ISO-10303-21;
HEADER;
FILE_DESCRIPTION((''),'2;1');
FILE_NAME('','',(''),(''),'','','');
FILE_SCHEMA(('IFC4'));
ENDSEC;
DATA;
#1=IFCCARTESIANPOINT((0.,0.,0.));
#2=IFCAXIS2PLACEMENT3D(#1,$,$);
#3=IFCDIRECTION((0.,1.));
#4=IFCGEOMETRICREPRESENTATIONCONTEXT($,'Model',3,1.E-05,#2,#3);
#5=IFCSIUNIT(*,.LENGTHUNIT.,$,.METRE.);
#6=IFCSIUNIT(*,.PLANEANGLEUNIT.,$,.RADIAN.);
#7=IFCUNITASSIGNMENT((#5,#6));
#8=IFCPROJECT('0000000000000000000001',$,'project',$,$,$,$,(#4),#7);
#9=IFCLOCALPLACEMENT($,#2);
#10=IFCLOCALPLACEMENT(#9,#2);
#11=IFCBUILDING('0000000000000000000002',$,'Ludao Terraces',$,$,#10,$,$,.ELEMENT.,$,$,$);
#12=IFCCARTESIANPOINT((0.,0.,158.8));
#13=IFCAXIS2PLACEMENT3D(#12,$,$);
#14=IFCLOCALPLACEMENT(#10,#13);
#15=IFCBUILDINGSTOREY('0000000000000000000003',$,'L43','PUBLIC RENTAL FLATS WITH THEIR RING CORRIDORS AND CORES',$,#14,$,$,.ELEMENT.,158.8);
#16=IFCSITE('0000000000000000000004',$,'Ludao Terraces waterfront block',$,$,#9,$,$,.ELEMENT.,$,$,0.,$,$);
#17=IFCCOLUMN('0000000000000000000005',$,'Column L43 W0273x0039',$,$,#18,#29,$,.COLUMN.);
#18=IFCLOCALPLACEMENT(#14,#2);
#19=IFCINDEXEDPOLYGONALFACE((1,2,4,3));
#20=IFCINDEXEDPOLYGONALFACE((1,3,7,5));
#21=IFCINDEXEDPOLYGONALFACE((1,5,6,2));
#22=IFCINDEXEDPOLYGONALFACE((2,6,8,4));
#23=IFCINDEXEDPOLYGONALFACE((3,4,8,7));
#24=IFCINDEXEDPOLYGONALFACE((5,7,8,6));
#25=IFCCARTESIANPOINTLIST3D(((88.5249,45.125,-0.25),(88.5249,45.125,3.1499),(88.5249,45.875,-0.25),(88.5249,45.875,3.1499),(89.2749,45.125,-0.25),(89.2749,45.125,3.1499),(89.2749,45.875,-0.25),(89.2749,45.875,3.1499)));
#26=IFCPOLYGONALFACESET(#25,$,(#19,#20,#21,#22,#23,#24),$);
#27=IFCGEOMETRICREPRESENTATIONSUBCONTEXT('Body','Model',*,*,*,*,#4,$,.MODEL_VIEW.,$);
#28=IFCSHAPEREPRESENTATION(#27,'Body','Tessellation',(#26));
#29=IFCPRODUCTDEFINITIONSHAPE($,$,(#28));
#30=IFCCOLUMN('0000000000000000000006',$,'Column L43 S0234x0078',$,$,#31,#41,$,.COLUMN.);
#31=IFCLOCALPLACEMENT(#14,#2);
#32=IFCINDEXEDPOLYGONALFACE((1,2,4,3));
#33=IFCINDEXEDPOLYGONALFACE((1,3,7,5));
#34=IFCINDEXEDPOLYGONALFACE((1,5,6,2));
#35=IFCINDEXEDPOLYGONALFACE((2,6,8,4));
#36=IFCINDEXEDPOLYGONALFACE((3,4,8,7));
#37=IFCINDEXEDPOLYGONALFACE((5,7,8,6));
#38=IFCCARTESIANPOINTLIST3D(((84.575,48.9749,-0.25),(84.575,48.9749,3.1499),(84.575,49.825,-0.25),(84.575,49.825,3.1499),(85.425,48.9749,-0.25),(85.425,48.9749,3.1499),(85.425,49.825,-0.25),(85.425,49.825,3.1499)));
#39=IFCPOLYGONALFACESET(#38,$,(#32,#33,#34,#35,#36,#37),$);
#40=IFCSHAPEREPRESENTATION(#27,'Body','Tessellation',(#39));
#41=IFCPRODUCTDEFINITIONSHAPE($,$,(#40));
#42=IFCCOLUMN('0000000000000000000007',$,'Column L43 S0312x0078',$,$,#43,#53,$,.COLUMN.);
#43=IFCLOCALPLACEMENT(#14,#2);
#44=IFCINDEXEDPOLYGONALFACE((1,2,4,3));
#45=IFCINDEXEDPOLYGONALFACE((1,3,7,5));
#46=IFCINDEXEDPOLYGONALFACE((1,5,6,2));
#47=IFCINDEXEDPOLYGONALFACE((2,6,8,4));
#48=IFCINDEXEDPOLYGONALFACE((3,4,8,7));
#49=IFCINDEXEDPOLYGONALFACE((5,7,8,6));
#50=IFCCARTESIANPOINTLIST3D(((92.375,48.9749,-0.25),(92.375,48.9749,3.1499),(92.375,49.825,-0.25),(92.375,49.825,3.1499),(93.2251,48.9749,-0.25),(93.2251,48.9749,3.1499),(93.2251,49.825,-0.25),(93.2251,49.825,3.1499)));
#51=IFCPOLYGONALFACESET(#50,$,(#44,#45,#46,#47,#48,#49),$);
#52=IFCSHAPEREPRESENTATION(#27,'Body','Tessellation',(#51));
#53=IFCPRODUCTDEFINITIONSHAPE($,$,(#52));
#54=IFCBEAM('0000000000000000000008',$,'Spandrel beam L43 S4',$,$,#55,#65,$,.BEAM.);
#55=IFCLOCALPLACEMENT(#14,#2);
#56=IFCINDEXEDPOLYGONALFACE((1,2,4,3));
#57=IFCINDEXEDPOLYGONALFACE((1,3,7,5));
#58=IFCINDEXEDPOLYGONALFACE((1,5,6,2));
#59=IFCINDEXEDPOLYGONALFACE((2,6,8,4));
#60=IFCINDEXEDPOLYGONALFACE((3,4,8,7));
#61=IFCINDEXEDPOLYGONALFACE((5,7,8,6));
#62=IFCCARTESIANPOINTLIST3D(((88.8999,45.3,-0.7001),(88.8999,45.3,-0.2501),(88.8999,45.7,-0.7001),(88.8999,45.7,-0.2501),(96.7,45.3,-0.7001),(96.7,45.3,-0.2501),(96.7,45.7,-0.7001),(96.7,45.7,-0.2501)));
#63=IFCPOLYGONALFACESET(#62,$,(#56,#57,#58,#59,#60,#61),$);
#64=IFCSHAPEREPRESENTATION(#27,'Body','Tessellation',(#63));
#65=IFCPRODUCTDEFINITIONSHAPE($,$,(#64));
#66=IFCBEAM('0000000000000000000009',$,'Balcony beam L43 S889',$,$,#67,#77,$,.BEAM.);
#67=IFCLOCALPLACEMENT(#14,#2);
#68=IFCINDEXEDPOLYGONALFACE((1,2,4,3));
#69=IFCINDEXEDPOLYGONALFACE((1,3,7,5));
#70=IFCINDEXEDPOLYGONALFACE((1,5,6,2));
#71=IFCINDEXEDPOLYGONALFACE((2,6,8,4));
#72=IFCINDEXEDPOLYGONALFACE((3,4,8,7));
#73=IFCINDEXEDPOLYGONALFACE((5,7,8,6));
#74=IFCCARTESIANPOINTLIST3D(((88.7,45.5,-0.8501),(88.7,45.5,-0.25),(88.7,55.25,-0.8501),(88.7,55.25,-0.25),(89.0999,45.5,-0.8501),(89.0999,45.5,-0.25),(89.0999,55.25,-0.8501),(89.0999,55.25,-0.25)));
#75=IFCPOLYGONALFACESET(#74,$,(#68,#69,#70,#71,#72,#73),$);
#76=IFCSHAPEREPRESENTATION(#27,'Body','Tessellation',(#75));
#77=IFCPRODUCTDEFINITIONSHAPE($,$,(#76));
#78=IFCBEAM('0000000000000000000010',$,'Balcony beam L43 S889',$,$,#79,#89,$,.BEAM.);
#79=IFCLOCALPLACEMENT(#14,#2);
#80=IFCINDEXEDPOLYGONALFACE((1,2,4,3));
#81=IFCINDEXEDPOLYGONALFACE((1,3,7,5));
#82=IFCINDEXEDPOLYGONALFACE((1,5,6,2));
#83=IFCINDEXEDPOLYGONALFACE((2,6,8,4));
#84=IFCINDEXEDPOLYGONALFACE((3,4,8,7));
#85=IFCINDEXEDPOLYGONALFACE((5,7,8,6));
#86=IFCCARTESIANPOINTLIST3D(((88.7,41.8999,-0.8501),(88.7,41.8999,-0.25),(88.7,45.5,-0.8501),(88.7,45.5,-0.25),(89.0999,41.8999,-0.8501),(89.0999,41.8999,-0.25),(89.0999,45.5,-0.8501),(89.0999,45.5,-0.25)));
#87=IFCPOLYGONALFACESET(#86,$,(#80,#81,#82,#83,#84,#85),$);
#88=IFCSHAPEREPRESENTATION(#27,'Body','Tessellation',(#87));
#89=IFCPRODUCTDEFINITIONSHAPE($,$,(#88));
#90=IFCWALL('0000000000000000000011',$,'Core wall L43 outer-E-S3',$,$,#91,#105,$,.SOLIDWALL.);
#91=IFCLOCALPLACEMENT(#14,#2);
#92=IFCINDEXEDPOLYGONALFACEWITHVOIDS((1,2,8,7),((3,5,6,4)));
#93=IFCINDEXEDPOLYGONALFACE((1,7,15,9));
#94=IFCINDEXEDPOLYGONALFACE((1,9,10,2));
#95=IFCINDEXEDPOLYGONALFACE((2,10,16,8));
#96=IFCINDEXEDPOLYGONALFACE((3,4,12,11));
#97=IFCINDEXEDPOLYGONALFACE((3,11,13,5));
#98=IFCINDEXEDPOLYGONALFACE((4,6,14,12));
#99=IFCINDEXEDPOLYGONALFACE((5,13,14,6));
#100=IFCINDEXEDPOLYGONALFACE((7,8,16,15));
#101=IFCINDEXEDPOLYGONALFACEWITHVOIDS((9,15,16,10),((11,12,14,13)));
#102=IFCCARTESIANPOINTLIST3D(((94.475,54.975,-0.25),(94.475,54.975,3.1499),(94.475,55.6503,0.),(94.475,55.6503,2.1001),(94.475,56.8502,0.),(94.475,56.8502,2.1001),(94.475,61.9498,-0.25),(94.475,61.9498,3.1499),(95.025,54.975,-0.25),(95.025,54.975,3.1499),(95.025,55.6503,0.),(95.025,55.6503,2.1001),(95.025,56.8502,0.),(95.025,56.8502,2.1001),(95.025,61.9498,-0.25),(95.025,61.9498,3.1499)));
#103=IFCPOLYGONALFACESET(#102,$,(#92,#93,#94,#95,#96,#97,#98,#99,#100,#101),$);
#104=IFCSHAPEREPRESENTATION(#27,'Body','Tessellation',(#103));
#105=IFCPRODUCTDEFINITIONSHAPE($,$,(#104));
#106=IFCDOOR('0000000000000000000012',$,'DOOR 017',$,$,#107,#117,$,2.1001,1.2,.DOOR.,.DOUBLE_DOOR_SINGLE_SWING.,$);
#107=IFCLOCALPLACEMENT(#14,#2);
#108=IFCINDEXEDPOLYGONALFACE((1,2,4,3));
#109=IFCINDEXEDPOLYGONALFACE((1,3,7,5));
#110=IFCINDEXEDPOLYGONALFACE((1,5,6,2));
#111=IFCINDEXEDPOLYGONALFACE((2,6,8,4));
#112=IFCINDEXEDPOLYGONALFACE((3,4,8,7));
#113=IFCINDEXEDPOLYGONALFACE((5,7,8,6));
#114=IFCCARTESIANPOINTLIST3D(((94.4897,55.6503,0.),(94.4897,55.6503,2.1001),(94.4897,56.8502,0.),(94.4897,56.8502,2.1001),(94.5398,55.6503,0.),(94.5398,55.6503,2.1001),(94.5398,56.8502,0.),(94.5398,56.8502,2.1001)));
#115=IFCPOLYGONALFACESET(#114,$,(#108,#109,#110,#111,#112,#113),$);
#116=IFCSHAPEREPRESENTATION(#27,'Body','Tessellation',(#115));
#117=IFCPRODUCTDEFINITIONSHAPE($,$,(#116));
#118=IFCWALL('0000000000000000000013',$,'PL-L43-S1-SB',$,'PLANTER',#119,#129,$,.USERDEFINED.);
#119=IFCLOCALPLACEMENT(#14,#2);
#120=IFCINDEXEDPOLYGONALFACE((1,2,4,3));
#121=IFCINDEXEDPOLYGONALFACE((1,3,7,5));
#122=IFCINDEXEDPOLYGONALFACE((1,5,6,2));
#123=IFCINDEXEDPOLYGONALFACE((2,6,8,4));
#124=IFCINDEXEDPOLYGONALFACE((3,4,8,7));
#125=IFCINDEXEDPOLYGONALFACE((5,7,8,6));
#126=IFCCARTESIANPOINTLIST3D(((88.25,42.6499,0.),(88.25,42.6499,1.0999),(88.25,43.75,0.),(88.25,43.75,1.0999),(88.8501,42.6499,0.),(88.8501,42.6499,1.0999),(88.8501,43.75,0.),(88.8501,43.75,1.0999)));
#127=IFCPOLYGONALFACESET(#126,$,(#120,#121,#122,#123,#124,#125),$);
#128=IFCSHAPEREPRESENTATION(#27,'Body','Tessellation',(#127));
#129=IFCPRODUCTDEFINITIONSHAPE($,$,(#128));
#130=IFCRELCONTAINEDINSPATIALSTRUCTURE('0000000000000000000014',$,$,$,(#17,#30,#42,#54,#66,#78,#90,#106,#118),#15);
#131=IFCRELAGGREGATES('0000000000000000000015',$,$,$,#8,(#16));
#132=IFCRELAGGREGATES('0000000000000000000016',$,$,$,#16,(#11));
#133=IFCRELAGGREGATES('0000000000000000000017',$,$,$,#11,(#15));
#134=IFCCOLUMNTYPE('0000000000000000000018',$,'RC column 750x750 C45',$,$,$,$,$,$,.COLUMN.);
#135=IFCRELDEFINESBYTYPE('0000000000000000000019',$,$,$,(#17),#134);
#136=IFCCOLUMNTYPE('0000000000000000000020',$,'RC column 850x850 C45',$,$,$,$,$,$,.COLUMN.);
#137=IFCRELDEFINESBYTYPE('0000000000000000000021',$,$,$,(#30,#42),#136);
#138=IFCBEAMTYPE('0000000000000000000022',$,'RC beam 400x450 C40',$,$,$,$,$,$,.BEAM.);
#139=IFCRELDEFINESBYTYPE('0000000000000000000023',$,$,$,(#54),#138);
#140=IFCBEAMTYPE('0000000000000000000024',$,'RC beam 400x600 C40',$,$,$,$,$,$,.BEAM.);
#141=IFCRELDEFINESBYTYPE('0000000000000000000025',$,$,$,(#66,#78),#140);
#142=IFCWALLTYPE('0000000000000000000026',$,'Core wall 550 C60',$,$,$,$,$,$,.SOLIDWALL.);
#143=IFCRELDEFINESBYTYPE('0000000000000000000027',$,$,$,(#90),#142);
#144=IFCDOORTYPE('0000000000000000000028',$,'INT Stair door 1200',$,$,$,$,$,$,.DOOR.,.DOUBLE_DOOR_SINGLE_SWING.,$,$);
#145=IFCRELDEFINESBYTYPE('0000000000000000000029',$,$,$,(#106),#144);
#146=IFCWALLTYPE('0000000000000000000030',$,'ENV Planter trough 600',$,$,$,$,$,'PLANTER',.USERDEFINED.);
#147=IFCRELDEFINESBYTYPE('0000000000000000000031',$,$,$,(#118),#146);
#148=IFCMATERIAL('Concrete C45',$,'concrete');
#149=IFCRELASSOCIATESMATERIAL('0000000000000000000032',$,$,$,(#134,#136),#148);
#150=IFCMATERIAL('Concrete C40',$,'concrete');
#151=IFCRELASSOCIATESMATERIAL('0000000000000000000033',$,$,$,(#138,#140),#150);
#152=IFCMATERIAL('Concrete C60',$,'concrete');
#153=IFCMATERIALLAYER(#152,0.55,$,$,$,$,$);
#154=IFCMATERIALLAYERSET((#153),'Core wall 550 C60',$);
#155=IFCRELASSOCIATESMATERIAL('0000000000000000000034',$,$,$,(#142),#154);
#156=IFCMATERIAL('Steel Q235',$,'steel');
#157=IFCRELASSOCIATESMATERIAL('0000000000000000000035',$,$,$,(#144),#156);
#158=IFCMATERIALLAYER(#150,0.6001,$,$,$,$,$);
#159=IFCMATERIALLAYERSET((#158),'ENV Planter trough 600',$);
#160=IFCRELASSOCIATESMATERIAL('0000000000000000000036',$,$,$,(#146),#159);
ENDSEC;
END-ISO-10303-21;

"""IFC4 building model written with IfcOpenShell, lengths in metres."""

from ifc_helpers import new_model, si_unit, direction, frame, frame_2d, origin, origin_2d, place, context, subcontext, project, spatial, rectangle, extrude, material, layer, layer_set, material_profile, profile_set, type_object, element, fill, save


model = new_model("IFC4")

# Units and contexts
model_context = context("Model", 3, precision=1e-05, world=origin(), true_north=direction((0.0, 1.0)))
body_context = subcontext(model_context, "Body", "Model", "MODEL_VIEW")
ifc_project = project(units=[si_unit("LENGTHUNIT", "METRE"), si_unit("PLANEANGLEUNIT", "RADIAN")], contexts=[model_context])

# Site, building, storey
site_placement = place(None, origin())
site = spatial("IfcSite", under=ifc_project, at=site_placement, Name="Ludao Terraces waterfront block", CompositionType="ELEMENT", RefElevation=0.0)
building_placement = place(site_placement, origin())
building = spatial("IfcBuilding", under=site, at=building_placement, Name="Ludao Terraces", CompositionType="ELEMENT")
storey_placement = place(building_placement, frame((0.0, 0.0, 158.8)))
storey = spatial("IfcBuildingStorey", under=building, at=storey_placement, Name="L43", Description="PUBLIC RENTAL FLATS WITH THEIR RING CORRIDORS AND CORES", CompositionType="ELEMENT", Elevation=158.8)

# Columns
ifc_material_1 = material(Name="Concrete C45", Category="concrete")
ifc_material_profile_1 = material_profile(ifc_material_1, rectangle(XDim=0.75, YDim=0.75, at=origin_2d()), Name="750 X 750")
ifc_profile_set_1 = profile_set([ifc_material_profile_1], Name="Concrete C45")
column_type_1 = type_object("IfcColumnType", Name="RC column 750x750 C45", PredefinedType="COLUMN", material=ifc_profile_set_1)
column_placement = place(storey_placement, frame((88.8999, 45.5, -0.25), z_axis=(0.0, 0.0, 1.0), x_axis=(1.0, 0.0, 0.0)))
element("IfcColumn", 1, at=column_placement, inside=storey, type_object=column_type_1, Name="Column L43 W0273x0039", PredefinedType="COLUMN", context=body_context, shape_type="SweptSolid", body=[
    extrude(rectangle(XDim=0.75, YDim=0.75, at=origin_2d()), origin(), (0.0, 0.0, 1.0), 3.3999),
])
ifc_material_profile_2 = material_profile(ifc_material_1, rectangle(XDim=0.8501, YDim=0.8501, at=origin_2d()), Name="850 X 850")
ifc_profile_set_2 = profile_set([ifc_material_profile_2], Name="Concrete C45")
column_type_2 = type_object("IfcColumnType", Name="RC column 850x850 C45", PredefinedType="COLUMN", material=ifc_profile_set_2)
for number, where, z_axis, x_axis, name in (
    (2, (85.0, 49.3999, -0.25), (0.0, 0.0, 1.0), (1.0, 0.0, 0.0), "Column L43 S0234x0078"),
    (3, (92.8, 49.3999, -0.25), (0.0, 0.0, 1.0), (1.0, 0.0, 0.0), "Column L43 S0312x0078"),
):
    element("IfcColumn", number, at=place(storey_placement, frame(where, z_axis=z_axis, x_axis=x_axis)), inside=storey, type_object=column_type_2, Name=name, PredefinedType="COLUMN", context=body_context, shape_type="SweptSolid", body=[
        extrude(rectangle(XDim=0.8501, YDim=0.8501, at=origin_2d()), origin(), (0.0, 0.0, 1.0), 3.3999),
    ])

# Beams
ifc_material_2 = material(Name="Concrete C40", Category="concrete")
ifc_material_profile_3 = material_profile(ifc_material_2, rectangle(XDim=0.3999, YDim=0.45, at=origin_2d()), Name="400 X 450")
ifc_profile_set_3 = profile_set([ifc_material_profile_3], Name="Concrete C40")
beam_type_1 = type_object("IfcBeamType", Name="RC beam 400x450 C40", PredefinedType="BEAM", material=ifc_profile_set_3)
beam_1_placement = place(storey_placement, frame((88.8999, 45.5, -0.4751), z_axis=(1.0, 0.0, 0.0), x_axis=(0.0, 1.0, 0.0)))
element("IfcBeam", 4, at=beam_1_placement, inside=storey, type_object=beam_type_1, Name="Spandrel beam L43 S4", PredefinedType="BEAM", context=body_context, shape_type="SweptSolid", body=[
    extrude(rectangle(XDim=0.3999, YDim=0.45, at=origin_2d()), origin(), (0.0, 0.0, 1.0), 7.8),
])
ifc_material_profile_4 = material_profile(ifc_material_2, rectangle(XDim=0.3999, YDim=0.6001, at=origin_2d()), Name="400 X 600")
ifc_profile_set_4 = profile_set([ifc_material_profile_4], Name="Concrete C40")
beam_type_2 = type_object("IfcBeamType", Name="RC beam 400x600 C40", PredefinedType="BEAM", material=ifc_profile_set_4)
beam_2_placement = place(storey_placement, frame((88.8999, 55.25, -0.55), z_axis=(0.0, -1.0, 0.0), x_axis=(1.0, 0.0, 0.0)))
element("IfcBeam", 5, at=beam_2_placement, inside=storey, type_object=beam_type_2, Name="Balcony beam L43 S889", PredefinedType="BEAM", context=body_context, shape_type="SweptSolid", body=[
    extrude(rectangle(XDim=0.3999, YDim=0.6001, at=origin_2d()), origin(), (0.0, 0.0, 1.0), 9.75),
])
beam_3_placement = place(storey_placement, frame((88.8999, 45.5, -0.55), z_axis=(0.0, -1.0, 0.0), x_axis=(1.0, 0.0, 0.0)))
element("IfcBeam", 6, at=beam_3_placement, inside=storey, type_object=beam_type_2, Name="Balcony beam L43 S889", PredefinedType="BEAM", context=body_context, shape_type="SweptSolid", body=[
    extrude(rectangle(XDim=0.3999, YDim=0.6001, at=origin_2d()), origin(), (0.0, 0.0, 1.0), 3.6001),
])

# Wall, opening, door
ifc_material_3 = material(Name="Concrete C60", Category="concrete")
ifc_layer_1 = layer(ifc_material_3, 0.55)
ifc_layer_set_1 = layer_set([ifc_layer_1], Name="Core wall 550 C60")
wall_type_1 = type_object("IfcWallType", Name="Core wall 550 C60", PredefinedType="SOLIDWALL", material=ifc_layer_set_1)
wall_1_placement = place(storey_placement, frame((94.75, 54.9751, -0.25), z_axis=(0.0, 0.0, 1.0), x_axis=(0.0, 1.0, 0.0)))
wall_1 = element("IfcWall", 7, at=wall_1_placement, inside=storey, type_object=wall_type_1, Name="Core wall L43 outer-E-S3", PredefinedType="SOLIDWALL", context=body_context, shape_type="SweptSolid", body=[
    extrude(rectangle(XDim=6.9749, YDim=0.55, at=frame_2d((3.4873, 0.0))), origin(), (0.0, 0.0, 1.0), 3.3999),
])
opening_1_placement = place(wall_1_placement, frame((0.675, 0.0, 0.25)))
opening_1 = element("IfcOpeningElement", 8, at=opening_1_placement, cuts=wall_1, PredefinedType="OPENING", context=body_context, shape_type="SweptSolid", body=[
    extrude(rectangle(XDim=1.2, YDim=2.1001, at=frame_2d((0.6001, 1.05))), frame((0.0, 0.2852, 0.0), z_axis=(0.0, -1.0, 0.0), x_axis=(1.0, 0.0, 0.0)), (0.0, 0.0, 1.0), 0.5701),
])
ifc_material_4 = material(Name="Steel Q235", Category="steel")
door_type_1 = type_object("IfcDoorType", Name="INT Stair door 1200", OperationType="DOUBLE_DOOR_SINGLE_SWING", PredefinedType="DOOR", material=ifc_material_4)
door_1_placement = place(opening_1_placement, origin())
door_1 = element("IfcDoor", 9, at=door_1_placement, inside=storey, type_object=door_type_1, Name="DOOR 017", OperationType="DOUBLE_DOOR_SINGLE_SWING", OverallHeight=2.1001, OverallWidth=1.2, PredefinedType="DOOR", context=body_context, shape_type="SweptSolid", body=[
    extrude(rectangle(XDim=1.2, YDim=2.1001, at=frame_2d((0.6001, 1.05))), frame((0.0, 0.2603, 0.0), z_axis=(0.0, -1.0, 0.0), x_axis=(1.0, 0.0, 0.0)), (0.0, 0.0, 1.0), 0.05),
])
fill(opening_1, door_1)

# Wall
ifc_layer_2 = layer(ifc_material_2, 0.6001)
ifc_layer_set_2 = layer_set([ifc_layer_2], Name="ENV Planter trough 600")
wall_type_2 = type_object("IfcWallType", Name="ENV Planter trough 600", ElementType="PLANTER", PredefinedType="USERDEFINED", material=ifc_layer_set_2)
wall_2_placement = place(storey_placement, frame((88.55, 42.6499, 0.0), z_axis=(0.0, 0.0, 1.0), x_axis=(0.0, 1.0, 0.0)))
element("IfcWall", 10, at=wall_2_placement, inside=storey, type_object=wall_type_2, Name="PL-L43-S1-SB", ObjectType="PLANTER", PredefinedType="USERDEFINED", context=body_context, shape_type="SweptSolid", body=[
    extrude(rectangle(XDim=1.1001, YDim=0.6001, at=frame_2d((0.55, 0.0))), origin(), (0.0, 0.0, 1.0), 1.0999),
])

save(model, "model.ifc")
